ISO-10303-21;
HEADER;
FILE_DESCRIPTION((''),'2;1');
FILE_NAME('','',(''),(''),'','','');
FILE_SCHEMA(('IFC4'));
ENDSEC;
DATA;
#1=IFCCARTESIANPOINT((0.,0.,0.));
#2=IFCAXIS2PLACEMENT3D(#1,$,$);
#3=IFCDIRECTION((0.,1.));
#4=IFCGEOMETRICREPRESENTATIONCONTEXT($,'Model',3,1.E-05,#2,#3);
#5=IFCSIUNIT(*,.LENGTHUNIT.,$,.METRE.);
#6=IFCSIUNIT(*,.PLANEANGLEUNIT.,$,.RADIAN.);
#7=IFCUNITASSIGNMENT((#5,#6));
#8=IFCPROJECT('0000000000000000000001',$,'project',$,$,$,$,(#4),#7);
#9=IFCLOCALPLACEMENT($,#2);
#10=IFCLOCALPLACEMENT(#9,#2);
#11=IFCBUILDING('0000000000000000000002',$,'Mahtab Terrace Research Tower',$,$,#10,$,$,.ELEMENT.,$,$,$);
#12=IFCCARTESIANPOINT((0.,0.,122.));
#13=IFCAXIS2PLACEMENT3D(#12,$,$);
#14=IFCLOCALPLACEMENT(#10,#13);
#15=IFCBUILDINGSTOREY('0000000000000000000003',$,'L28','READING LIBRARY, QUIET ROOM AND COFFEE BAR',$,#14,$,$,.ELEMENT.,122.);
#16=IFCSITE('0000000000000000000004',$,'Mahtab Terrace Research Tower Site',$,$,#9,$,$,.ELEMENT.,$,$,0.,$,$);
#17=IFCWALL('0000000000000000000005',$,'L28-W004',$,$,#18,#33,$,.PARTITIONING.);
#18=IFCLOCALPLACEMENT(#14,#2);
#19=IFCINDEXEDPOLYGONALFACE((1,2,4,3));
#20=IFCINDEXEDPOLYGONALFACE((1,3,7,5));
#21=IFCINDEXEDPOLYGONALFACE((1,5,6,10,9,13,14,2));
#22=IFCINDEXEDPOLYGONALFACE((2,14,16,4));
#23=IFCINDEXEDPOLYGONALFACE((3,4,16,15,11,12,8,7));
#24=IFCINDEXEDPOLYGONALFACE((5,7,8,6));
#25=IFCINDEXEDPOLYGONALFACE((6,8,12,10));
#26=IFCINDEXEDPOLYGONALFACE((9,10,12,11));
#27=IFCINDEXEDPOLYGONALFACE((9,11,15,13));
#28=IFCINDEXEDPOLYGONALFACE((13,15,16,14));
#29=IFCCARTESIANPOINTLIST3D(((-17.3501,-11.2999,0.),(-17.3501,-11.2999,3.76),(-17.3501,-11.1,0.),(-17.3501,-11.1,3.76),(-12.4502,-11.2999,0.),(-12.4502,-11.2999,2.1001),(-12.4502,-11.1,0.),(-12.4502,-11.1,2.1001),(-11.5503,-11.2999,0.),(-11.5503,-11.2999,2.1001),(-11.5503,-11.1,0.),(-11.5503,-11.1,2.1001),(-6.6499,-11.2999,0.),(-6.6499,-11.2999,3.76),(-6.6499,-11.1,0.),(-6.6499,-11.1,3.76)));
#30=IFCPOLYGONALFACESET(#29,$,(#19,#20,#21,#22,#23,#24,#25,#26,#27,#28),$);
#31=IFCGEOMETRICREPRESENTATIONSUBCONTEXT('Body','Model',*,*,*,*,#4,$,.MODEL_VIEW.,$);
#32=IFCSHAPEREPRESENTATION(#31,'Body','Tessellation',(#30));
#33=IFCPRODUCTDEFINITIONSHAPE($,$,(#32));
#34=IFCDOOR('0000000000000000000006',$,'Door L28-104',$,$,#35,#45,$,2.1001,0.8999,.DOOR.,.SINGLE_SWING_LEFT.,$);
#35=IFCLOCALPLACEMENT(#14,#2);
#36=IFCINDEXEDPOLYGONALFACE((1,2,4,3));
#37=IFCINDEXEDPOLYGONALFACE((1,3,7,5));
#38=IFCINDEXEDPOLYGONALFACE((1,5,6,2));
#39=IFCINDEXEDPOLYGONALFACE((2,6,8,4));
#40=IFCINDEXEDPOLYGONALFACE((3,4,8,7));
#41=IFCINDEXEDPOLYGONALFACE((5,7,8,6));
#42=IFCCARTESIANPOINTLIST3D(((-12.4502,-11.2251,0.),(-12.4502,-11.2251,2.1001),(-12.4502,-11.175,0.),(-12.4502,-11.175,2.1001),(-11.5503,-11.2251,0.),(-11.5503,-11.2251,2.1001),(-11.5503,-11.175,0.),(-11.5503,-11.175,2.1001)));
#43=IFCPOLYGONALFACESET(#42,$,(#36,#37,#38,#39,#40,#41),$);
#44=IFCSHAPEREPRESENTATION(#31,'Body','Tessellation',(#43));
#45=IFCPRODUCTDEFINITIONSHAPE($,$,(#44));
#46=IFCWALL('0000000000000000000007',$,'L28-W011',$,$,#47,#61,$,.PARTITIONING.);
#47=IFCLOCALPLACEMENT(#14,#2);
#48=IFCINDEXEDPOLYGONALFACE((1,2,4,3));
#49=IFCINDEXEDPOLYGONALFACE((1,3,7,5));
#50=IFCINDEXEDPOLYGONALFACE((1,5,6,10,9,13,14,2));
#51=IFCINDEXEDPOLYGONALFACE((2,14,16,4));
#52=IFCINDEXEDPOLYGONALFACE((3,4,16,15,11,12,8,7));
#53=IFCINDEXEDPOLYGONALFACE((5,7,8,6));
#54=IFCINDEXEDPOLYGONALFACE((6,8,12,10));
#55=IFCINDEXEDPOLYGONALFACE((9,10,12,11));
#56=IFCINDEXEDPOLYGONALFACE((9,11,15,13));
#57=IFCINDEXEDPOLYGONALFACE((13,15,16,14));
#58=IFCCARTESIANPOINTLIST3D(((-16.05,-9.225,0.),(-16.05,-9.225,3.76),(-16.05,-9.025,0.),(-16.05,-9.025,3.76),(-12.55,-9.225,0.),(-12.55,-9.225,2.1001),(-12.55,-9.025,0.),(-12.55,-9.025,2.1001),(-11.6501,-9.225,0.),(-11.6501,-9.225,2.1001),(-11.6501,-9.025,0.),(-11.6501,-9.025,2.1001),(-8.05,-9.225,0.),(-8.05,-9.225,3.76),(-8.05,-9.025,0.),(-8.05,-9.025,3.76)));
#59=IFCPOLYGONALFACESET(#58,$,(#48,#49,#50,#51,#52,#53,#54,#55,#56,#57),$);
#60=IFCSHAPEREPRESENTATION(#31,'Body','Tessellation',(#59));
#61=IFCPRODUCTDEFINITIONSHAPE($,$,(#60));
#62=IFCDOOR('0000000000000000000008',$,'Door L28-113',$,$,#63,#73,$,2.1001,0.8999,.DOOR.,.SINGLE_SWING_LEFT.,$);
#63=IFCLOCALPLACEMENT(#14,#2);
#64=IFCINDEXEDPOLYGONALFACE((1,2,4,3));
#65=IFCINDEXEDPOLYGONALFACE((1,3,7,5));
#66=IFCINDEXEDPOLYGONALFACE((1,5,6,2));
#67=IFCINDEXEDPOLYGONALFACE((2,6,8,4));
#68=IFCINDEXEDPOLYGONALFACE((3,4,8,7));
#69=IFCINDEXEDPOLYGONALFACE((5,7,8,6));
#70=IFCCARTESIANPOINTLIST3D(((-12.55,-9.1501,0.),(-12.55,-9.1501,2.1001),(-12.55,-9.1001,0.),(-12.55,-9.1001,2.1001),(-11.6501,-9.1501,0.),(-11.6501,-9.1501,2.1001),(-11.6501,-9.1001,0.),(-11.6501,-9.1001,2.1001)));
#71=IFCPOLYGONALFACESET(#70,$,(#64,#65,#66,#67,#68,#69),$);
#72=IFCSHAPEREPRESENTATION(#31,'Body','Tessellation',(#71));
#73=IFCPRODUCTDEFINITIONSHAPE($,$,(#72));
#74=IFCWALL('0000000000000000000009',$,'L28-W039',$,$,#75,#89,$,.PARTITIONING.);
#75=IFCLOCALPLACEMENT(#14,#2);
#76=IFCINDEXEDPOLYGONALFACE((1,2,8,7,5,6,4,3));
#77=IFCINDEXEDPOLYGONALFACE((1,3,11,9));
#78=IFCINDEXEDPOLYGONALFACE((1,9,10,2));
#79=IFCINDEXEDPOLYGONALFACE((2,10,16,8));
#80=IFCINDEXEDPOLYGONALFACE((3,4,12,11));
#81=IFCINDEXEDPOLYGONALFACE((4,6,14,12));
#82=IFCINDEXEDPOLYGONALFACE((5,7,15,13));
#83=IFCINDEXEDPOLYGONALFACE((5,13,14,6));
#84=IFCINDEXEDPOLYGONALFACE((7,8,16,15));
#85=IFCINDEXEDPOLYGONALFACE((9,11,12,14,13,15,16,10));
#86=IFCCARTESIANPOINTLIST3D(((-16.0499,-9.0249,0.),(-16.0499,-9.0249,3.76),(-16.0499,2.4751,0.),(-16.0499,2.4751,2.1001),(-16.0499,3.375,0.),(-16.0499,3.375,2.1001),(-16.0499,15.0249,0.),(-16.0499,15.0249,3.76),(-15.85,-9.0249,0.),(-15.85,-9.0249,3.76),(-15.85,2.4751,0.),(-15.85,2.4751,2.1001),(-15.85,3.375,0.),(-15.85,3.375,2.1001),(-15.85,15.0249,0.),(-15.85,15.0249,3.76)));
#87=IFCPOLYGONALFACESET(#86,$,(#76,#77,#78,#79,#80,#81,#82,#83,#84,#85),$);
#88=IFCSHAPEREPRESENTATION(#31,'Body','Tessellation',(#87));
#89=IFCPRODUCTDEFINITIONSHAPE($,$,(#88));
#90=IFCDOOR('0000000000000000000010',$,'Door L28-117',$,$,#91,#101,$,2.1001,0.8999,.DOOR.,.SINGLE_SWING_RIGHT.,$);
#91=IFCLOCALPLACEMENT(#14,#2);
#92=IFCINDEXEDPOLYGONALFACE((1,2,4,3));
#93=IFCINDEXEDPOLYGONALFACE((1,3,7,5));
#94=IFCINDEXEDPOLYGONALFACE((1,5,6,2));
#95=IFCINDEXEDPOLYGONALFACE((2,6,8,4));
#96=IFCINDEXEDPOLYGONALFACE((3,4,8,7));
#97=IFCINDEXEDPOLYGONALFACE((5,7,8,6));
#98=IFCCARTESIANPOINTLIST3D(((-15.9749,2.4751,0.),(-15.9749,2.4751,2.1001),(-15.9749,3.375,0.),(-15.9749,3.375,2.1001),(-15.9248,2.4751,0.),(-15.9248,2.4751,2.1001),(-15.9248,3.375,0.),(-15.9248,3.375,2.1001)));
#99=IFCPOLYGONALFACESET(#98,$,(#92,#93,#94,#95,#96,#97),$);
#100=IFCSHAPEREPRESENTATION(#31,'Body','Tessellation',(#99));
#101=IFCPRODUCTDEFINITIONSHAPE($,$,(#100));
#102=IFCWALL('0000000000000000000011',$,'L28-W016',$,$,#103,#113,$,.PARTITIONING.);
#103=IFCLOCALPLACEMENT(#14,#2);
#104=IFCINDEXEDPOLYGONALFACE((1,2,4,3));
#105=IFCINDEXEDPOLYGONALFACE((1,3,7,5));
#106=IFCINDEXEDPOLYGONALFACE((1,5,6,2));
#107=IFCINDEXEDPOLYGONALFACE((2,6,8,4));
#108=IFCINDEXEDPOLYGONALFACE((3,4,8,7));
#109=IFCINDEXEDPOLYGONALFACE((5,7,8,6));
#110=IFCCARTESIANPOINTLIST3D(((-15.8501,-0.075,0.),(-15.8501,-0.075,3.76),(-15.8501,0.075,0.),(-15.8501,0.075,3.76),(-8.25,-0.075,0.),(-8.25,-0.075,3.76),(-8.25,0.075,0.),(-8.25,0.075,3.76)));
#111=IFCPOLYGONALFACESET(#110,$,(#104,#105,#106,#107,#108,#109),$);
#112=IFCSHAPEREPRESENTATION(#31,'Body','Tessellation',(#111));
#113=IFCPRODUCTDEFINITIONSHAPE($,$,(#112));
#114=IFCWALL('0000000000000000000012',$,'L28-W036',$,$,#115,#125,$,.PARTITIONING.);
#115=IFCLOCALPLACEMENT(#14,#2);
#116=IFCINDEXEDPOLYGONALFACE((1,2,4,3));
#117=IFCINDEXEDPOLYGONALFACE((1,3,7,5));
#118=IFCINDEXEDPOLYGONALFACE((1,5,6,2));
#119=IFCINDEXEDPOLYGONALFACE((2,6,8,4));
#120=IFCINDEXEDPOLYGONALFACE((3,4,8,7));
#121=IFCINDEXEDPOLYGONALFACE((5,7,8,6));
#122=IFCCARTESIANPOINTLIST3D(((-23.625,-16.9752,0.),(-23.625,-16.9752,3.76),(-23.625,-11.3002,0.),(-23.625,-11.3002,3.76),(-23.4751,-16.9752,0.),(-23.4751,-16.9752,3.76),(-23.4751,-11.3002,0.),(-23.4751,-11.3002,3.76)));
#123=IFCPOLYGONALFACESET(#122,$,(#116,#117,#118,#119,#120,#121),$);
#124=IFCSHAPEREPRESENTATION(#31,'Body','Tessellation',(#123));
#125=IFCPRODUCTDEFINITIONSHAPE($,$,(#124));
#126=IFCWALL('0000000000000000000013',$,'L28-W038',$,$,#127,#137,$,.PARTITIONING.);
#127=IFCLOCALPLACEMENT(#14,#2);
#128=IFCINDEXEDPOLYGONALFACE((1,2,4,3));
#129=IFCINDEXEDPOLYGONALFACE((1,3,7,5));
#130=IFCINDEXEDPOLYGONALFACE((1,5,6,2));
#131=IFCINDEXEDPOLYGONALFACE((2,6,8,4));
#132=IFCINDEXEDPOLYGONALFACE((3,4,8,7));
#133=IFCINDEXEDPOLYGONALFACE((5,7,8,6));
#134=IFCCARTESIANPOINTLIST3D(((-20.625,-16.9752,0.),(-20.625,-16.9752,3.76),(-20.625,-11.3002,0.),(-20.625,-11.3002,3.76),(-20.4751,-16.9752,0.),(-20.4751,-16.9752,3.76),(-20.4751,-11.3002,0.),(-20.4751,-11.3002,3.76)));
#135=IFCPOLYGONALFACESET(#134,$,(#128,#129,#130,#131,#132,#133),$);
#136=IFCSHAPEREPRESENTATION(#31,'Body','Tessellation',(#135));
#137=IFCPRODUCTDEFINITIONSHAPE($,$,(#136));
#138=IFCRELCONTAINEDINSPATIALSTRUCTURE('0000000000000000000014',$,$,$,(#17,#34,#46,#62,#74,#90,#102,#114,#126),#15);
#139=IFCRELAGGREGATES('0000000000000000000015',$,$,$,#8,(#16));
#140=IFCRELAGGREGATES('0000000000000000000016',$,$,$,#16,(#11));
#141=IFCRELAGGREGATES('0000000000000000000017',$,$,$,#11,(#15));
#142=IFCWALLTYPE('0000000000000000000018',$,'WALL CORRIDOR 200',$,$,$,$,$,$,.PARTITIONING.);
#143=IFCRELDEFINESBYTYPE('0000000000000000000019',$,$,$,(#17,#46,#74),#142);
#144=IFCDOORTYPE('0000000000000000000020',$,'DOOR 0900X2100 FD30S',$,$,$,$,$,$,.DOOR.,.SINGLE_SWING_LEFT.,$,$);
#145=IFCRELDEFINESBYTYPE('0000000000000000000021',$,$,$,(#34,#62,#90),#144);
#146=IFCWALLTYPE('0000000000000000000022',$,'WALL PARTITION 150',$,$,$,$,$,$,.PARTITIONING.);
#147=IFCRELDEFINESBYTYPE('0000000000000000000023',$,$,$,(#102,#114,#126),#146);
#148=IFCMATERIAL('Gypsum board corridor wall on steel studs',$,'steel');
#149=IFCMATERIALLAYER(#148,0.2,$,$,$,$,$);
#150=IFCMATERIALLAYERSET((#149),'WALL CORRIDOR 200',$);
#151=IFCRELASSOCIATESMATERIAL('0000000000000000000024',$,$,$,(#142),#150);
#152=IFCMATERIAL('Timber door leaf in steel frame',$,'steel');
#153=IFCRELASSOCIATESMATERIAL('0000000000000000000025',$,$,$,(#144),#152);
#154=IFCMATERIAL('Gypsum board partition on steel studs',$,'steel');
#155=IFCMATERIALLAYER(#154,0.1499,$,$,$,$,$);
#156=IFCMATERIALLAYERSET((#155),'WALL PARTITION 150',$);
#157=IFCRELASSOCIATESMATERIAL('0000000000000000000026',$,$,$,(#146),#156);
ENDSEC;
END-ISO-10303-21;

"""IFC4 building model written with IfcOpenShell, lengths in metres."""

from ifc_helpers import new_model, si_unit, direction, frame, frame_2d, origin, place, context, subcontext, project, spatial, rectangle, extrude, material, layer, layer_set, type_object, element, fill, save


model = new_model("IFC4")

# Units and contexts
model_context = context("Model", 3, precision=1e-05, world=origin(), true_north=direction((0.0, 1.0)))
body_context = subcontext(model_context, "Body", "Model", "MODEL_VIEW")
ifc_project = project(units=[si_unit("LENGTHUNIT", "METRE"), si_unit("PLANEANGLEUNIT", "RADIAN")], contexts=[model_context])

# Site, building, storey
site_placement = place(None, origin())
site = spatial("IfcSite", under=ifc_project, at=site_placement, Name="Mahtab Terrace Research Tower Site", CompositionType="ELEMENT", RefElevation=0.0)
building_placement = place(site_placement, origin())
building = spatial("IfcBuilding", under=site, at=building_placement, Name="Mahtab Terrace Research Tower", CompositionType="ELEMENT")
storey_placement = place(building_placement, frame((0.0, 0.0, 122.0)))
storey = spatial("IfcBuildingStorey", under=building, at=storey_placement, Name="L28", Description="READING LIBRARY, QUIET ROOM AND COFFEE BAR", CompositionType="ELEMENT", Elevation=122.0)

# Walls, openings, doors
ifc_material_1 = material(Name="Gypsum board corridor wall on steel studs", Category="steel")
ifc_layer_1 = layer(ifc_material_1, 0.2)
ifc_layer_set_1 = layer_set([ifc_layer_1], Name="WALL CORRIDOR 200")
wall_type_1 = type_object("IfcWallType", Name="WALL CORRIDOR 200", PredefinedType="PARTITIONING", material=ifc_layer_set_1)
wall_1_placement = place(storey_placement, frame((-17.3501, -11.2, 0.0), z_axis=(0.0, 0.0, 1.0), x_axis=(1.0, 0.0, 0.0)))
wall_1 = element("IfcWall", 1, at=wall_1_placement, inside=storey, type_object=wall_type_1, Name="L28-W004", PredefinedType="PARTITIONING", context=body_context, shape_type="SweptSolid", body=[
    extrude(rectangle(XDim=10.7002, YDim=0.2, at=frame_2d((5.3501, 0.0))), origin(), (0.0, 0.0, 1.0), 3.76),
])
opening_1_placement = place(wall_1_placement, frame((4.8999, 0.0, 0.0)))
opening_1 = element("IfcOpeningElement", 2, at=opening_1_placement, cuts=wall_1, PredefinedType="OPENING", context=body_context, shape_type="SweptSolid", body=[
    extrude(rectangle(XDim=0.8999, YDim=2.1001, at=frame_2d((0.45, 1.05))), frame((0.0, 0.1099, 0.0), z_axis=(0.0, -1.0, 0.0), x_axis=(1.0, 0.0, 0.0)), (0.0, 0.0, 1.0), 0.22),
])
ifc_material_2 = material(Name="Timber door leaf in steel frame", Category="steel")
door_type_1 = type_object("IfcDoorType", Name="DOOR 0900X2100 FD30S", OperationType="SINGLE_SWING_LEFT", PredefinedType="DOOR", material=ifc_material_2)
door_1_placement = place(opening_1_placement, origin())
door_1 = element("IfcDoor", 3, at=door_1_placement, inside=storey, type_object=door_type_1, Name="Door L28-104", OperationType="SINGLE_SWING_LEFT", OverallHeight=2.1001, OverallWidth=0.8999, PredefinedType="DOOR", context=body_context, shape_type="SweptSolid", body=[
    extrude(rectangle(XDim=0.8999, YDim=2.1001, at=frame_2d((0.45, 1.05))), frame((0.0, 0.0249, 0.0), z_axis=(0.0, -1.0, 0.0), x_axis=(1.0, 0.0, 0.0)), (0.0, 0.0, 1.0), 0.05),
])
fill(opening_1, door_1)
wall_2_placement = place(storey_placement, frame((-16.05, -9.125, 0.0), z_axis=(0.0, 0.0, 1.0), x_axis=(1.0, 0.0, 0.0)))
wall_2 = element("IfcWall", 4, at=wall_2_placement, inside=storey, type_object=wall_type_1, Name="L28-W011", PredefinedType="PARTITIONING", context=body_context, shape_type="SweptSolid", body=[
    extrude(rectangle(XDim=8.0, YDim=0.2, at=frame_2d((4.0, 0.0))), origin(), (0.0, 0.0, 1.0), 3.76),
])
opening_2_placement = place(wall_2_placement, frame((3.5, 0.0, 0.0)))
opening_2 = element("IfcOpeningElement", 5, at=opening_2_placement, cuts=wall_2, PredefinedType="OPENING", context=body_context, shape_type="SweptSolid", body=[
    extrude(rectangle(XDim=0.8999, YDim=2.1001, at=frame_2d((0.45, 1.05))), frame((0.0, 0.1099, 0.0), z_axis=(0.0, -1.0, 0.0), x_axis=(1.0, 0.0, 0.0)), (0.0, 0.0, 1.0), 0.22),
])
door_2_placement = place(opening_2_placement, origin())
door_2 = element("IfcDoor", 6, at=door_2_placement, inside=storey, type_object=door_type_1, Name="Door L28-113", OperationType="SINGLE_SWING_LEFT", OverallHeight=2.1001, OverallWidth=0.8999, PredefinedType="DOOR", context=body_context, shape_type="SweptSolid", body=[
    extrude(rectangle(XDim=0.8999, YDim=2.1001, at=frame_2d((0.45, 1.05))), frame((0.0, 0.0249, 0.0), z_axis=(0.0, -1.0, 0.0), x_axis=(1.0, 0.0, 0.0)), (0.0, 0.0, 1.0), 0.05),
])
fill(opening_2, door_2)
wall_3_placement = place(storey_placement, frame((-15.95, -9.0249, 0.0), z_axis=(0.0, 0.0, 1.0), x_axis=(0.0, 1.0, 0.0)))
wall_3 = element("IfcWall", 7, at=wall_3_placement, inside=storey, type_object=wall_type_1, Name="L28-W039", PredefinedType="PARTITIONING", context=body_context, shape_type="SweptSolid", body=[
    extrude(rectangle(XDim=24.0498, YDim=0.2, at=frame_2d((12.0249, 0.0))), origin(), (0.0, 0.0, 1.0), 3.76),
])
opening_3_placement = place(wall_3_placement, frame((11.5, 0.0, 0.0)))
opening_3 = element("IfcOpeningElement", 8, at=opening_3_placement, cuts=wall_3, PredefinedType="OPENING", context=body_context, shape_type="SweptSolid", body=[
    extrude(rectangle(XDim=0.8999, YDim=2.1001, at=frame_2d((0.45, 1.05))), frame((0.0, 0.1099, 0.0), z_axis=(0.0, -1.0, 0.0), x_axis=(1.0, 0.0, 0.0)), (0.0, 0.0, 1.0), 0.22),
])
door_3_placement = place(opening_3_placement, origin())
door_3 = element("IfcDoor", 9, at=door_3_placement, inside=storey, type_object=door_type_1, Name="Door L28-117", OperationType="SINGLE_SWING_RIGHT", OverallHeight=2.1001, OverallWidth=0.8999, PredefinedType="DOOR", context=body_context, shape_type="SweptSolid", body=[
    extrude(rectangle(XDim=0.8999, YDim=2.1001, at=frame_2d((0.45, 1.05))), frame((0.0, 0.0249, 0.0), z_axis=(0.0, -1.0, 0.0), x_axis=(1.0, 0.0, 0.0)), (0.0, 0.0, 1.0), 0.05),
])
fill(opening_3, door_3)

# Walls
ifc_material_3 = material(Name="Gypsum board partition on steel studs", Category="steel")
ifc_layer_2 = layer(ifc_material_3, 0.1499)
ifc_layer_set_2 = layer_set([ifc_layer_2], Name="WALL PARTITION 150")
wall_type_2 = type_object("IfcWallType", Name="WALL PARTITION 150", PredefinedType="PARTITIONING", material=ifc_layer_set_2)
wall_4_placement = place(storey_placement, frame((-15.8501, 0.0, 0.0), z_axis=(0.0, 0.0, 1.0), x_axis=(1.0, 0.0, 0.0)))
element("IfcWall", 10, at=wall_4_placement, inside=storey, type_object=wall_type_2, Name="L28-W016", PredefinedType="PARTITIONING", context=body_context, shape_type="SweptSolid", body=[
    extrude(rectangle(XDim=7.6001, YDim=0.1499, at=frame_2d((3.8, 0.0))), origin(), (0.0, 0.0, 1.0), 3.76),
])
for number, where, z_axis, x_axis, name in (
    (11, (-23.55, -16.9751, 0.0), (0.0, 0.0, 1.0), (0.0, 1.0, 0.0), "L28-W036"),
    (12, (-20.55, -16.9751, 0.0), (0.0, 0.0, 1.0), (0.0, 1.0, 0.0), "L28-W038"),
):
    element("IfcWall", number, at=place(storey_placement, frame(where, z_axis=z_axis, x_axis=x_axis)), inside=storey, type_object=wall_type_2, Name=name, PredefinedType="PARTITIONING", context=body_context, shape_type="SweptSolid", body=[
        extrude(rectangle(XDim=5.675, YDim=0.1499, at=frame_2d((2.8374, 0.0))), origin(), (0.0, 0.0, 1.0), 3.76),
    ])

save(model, "model.ifc")
